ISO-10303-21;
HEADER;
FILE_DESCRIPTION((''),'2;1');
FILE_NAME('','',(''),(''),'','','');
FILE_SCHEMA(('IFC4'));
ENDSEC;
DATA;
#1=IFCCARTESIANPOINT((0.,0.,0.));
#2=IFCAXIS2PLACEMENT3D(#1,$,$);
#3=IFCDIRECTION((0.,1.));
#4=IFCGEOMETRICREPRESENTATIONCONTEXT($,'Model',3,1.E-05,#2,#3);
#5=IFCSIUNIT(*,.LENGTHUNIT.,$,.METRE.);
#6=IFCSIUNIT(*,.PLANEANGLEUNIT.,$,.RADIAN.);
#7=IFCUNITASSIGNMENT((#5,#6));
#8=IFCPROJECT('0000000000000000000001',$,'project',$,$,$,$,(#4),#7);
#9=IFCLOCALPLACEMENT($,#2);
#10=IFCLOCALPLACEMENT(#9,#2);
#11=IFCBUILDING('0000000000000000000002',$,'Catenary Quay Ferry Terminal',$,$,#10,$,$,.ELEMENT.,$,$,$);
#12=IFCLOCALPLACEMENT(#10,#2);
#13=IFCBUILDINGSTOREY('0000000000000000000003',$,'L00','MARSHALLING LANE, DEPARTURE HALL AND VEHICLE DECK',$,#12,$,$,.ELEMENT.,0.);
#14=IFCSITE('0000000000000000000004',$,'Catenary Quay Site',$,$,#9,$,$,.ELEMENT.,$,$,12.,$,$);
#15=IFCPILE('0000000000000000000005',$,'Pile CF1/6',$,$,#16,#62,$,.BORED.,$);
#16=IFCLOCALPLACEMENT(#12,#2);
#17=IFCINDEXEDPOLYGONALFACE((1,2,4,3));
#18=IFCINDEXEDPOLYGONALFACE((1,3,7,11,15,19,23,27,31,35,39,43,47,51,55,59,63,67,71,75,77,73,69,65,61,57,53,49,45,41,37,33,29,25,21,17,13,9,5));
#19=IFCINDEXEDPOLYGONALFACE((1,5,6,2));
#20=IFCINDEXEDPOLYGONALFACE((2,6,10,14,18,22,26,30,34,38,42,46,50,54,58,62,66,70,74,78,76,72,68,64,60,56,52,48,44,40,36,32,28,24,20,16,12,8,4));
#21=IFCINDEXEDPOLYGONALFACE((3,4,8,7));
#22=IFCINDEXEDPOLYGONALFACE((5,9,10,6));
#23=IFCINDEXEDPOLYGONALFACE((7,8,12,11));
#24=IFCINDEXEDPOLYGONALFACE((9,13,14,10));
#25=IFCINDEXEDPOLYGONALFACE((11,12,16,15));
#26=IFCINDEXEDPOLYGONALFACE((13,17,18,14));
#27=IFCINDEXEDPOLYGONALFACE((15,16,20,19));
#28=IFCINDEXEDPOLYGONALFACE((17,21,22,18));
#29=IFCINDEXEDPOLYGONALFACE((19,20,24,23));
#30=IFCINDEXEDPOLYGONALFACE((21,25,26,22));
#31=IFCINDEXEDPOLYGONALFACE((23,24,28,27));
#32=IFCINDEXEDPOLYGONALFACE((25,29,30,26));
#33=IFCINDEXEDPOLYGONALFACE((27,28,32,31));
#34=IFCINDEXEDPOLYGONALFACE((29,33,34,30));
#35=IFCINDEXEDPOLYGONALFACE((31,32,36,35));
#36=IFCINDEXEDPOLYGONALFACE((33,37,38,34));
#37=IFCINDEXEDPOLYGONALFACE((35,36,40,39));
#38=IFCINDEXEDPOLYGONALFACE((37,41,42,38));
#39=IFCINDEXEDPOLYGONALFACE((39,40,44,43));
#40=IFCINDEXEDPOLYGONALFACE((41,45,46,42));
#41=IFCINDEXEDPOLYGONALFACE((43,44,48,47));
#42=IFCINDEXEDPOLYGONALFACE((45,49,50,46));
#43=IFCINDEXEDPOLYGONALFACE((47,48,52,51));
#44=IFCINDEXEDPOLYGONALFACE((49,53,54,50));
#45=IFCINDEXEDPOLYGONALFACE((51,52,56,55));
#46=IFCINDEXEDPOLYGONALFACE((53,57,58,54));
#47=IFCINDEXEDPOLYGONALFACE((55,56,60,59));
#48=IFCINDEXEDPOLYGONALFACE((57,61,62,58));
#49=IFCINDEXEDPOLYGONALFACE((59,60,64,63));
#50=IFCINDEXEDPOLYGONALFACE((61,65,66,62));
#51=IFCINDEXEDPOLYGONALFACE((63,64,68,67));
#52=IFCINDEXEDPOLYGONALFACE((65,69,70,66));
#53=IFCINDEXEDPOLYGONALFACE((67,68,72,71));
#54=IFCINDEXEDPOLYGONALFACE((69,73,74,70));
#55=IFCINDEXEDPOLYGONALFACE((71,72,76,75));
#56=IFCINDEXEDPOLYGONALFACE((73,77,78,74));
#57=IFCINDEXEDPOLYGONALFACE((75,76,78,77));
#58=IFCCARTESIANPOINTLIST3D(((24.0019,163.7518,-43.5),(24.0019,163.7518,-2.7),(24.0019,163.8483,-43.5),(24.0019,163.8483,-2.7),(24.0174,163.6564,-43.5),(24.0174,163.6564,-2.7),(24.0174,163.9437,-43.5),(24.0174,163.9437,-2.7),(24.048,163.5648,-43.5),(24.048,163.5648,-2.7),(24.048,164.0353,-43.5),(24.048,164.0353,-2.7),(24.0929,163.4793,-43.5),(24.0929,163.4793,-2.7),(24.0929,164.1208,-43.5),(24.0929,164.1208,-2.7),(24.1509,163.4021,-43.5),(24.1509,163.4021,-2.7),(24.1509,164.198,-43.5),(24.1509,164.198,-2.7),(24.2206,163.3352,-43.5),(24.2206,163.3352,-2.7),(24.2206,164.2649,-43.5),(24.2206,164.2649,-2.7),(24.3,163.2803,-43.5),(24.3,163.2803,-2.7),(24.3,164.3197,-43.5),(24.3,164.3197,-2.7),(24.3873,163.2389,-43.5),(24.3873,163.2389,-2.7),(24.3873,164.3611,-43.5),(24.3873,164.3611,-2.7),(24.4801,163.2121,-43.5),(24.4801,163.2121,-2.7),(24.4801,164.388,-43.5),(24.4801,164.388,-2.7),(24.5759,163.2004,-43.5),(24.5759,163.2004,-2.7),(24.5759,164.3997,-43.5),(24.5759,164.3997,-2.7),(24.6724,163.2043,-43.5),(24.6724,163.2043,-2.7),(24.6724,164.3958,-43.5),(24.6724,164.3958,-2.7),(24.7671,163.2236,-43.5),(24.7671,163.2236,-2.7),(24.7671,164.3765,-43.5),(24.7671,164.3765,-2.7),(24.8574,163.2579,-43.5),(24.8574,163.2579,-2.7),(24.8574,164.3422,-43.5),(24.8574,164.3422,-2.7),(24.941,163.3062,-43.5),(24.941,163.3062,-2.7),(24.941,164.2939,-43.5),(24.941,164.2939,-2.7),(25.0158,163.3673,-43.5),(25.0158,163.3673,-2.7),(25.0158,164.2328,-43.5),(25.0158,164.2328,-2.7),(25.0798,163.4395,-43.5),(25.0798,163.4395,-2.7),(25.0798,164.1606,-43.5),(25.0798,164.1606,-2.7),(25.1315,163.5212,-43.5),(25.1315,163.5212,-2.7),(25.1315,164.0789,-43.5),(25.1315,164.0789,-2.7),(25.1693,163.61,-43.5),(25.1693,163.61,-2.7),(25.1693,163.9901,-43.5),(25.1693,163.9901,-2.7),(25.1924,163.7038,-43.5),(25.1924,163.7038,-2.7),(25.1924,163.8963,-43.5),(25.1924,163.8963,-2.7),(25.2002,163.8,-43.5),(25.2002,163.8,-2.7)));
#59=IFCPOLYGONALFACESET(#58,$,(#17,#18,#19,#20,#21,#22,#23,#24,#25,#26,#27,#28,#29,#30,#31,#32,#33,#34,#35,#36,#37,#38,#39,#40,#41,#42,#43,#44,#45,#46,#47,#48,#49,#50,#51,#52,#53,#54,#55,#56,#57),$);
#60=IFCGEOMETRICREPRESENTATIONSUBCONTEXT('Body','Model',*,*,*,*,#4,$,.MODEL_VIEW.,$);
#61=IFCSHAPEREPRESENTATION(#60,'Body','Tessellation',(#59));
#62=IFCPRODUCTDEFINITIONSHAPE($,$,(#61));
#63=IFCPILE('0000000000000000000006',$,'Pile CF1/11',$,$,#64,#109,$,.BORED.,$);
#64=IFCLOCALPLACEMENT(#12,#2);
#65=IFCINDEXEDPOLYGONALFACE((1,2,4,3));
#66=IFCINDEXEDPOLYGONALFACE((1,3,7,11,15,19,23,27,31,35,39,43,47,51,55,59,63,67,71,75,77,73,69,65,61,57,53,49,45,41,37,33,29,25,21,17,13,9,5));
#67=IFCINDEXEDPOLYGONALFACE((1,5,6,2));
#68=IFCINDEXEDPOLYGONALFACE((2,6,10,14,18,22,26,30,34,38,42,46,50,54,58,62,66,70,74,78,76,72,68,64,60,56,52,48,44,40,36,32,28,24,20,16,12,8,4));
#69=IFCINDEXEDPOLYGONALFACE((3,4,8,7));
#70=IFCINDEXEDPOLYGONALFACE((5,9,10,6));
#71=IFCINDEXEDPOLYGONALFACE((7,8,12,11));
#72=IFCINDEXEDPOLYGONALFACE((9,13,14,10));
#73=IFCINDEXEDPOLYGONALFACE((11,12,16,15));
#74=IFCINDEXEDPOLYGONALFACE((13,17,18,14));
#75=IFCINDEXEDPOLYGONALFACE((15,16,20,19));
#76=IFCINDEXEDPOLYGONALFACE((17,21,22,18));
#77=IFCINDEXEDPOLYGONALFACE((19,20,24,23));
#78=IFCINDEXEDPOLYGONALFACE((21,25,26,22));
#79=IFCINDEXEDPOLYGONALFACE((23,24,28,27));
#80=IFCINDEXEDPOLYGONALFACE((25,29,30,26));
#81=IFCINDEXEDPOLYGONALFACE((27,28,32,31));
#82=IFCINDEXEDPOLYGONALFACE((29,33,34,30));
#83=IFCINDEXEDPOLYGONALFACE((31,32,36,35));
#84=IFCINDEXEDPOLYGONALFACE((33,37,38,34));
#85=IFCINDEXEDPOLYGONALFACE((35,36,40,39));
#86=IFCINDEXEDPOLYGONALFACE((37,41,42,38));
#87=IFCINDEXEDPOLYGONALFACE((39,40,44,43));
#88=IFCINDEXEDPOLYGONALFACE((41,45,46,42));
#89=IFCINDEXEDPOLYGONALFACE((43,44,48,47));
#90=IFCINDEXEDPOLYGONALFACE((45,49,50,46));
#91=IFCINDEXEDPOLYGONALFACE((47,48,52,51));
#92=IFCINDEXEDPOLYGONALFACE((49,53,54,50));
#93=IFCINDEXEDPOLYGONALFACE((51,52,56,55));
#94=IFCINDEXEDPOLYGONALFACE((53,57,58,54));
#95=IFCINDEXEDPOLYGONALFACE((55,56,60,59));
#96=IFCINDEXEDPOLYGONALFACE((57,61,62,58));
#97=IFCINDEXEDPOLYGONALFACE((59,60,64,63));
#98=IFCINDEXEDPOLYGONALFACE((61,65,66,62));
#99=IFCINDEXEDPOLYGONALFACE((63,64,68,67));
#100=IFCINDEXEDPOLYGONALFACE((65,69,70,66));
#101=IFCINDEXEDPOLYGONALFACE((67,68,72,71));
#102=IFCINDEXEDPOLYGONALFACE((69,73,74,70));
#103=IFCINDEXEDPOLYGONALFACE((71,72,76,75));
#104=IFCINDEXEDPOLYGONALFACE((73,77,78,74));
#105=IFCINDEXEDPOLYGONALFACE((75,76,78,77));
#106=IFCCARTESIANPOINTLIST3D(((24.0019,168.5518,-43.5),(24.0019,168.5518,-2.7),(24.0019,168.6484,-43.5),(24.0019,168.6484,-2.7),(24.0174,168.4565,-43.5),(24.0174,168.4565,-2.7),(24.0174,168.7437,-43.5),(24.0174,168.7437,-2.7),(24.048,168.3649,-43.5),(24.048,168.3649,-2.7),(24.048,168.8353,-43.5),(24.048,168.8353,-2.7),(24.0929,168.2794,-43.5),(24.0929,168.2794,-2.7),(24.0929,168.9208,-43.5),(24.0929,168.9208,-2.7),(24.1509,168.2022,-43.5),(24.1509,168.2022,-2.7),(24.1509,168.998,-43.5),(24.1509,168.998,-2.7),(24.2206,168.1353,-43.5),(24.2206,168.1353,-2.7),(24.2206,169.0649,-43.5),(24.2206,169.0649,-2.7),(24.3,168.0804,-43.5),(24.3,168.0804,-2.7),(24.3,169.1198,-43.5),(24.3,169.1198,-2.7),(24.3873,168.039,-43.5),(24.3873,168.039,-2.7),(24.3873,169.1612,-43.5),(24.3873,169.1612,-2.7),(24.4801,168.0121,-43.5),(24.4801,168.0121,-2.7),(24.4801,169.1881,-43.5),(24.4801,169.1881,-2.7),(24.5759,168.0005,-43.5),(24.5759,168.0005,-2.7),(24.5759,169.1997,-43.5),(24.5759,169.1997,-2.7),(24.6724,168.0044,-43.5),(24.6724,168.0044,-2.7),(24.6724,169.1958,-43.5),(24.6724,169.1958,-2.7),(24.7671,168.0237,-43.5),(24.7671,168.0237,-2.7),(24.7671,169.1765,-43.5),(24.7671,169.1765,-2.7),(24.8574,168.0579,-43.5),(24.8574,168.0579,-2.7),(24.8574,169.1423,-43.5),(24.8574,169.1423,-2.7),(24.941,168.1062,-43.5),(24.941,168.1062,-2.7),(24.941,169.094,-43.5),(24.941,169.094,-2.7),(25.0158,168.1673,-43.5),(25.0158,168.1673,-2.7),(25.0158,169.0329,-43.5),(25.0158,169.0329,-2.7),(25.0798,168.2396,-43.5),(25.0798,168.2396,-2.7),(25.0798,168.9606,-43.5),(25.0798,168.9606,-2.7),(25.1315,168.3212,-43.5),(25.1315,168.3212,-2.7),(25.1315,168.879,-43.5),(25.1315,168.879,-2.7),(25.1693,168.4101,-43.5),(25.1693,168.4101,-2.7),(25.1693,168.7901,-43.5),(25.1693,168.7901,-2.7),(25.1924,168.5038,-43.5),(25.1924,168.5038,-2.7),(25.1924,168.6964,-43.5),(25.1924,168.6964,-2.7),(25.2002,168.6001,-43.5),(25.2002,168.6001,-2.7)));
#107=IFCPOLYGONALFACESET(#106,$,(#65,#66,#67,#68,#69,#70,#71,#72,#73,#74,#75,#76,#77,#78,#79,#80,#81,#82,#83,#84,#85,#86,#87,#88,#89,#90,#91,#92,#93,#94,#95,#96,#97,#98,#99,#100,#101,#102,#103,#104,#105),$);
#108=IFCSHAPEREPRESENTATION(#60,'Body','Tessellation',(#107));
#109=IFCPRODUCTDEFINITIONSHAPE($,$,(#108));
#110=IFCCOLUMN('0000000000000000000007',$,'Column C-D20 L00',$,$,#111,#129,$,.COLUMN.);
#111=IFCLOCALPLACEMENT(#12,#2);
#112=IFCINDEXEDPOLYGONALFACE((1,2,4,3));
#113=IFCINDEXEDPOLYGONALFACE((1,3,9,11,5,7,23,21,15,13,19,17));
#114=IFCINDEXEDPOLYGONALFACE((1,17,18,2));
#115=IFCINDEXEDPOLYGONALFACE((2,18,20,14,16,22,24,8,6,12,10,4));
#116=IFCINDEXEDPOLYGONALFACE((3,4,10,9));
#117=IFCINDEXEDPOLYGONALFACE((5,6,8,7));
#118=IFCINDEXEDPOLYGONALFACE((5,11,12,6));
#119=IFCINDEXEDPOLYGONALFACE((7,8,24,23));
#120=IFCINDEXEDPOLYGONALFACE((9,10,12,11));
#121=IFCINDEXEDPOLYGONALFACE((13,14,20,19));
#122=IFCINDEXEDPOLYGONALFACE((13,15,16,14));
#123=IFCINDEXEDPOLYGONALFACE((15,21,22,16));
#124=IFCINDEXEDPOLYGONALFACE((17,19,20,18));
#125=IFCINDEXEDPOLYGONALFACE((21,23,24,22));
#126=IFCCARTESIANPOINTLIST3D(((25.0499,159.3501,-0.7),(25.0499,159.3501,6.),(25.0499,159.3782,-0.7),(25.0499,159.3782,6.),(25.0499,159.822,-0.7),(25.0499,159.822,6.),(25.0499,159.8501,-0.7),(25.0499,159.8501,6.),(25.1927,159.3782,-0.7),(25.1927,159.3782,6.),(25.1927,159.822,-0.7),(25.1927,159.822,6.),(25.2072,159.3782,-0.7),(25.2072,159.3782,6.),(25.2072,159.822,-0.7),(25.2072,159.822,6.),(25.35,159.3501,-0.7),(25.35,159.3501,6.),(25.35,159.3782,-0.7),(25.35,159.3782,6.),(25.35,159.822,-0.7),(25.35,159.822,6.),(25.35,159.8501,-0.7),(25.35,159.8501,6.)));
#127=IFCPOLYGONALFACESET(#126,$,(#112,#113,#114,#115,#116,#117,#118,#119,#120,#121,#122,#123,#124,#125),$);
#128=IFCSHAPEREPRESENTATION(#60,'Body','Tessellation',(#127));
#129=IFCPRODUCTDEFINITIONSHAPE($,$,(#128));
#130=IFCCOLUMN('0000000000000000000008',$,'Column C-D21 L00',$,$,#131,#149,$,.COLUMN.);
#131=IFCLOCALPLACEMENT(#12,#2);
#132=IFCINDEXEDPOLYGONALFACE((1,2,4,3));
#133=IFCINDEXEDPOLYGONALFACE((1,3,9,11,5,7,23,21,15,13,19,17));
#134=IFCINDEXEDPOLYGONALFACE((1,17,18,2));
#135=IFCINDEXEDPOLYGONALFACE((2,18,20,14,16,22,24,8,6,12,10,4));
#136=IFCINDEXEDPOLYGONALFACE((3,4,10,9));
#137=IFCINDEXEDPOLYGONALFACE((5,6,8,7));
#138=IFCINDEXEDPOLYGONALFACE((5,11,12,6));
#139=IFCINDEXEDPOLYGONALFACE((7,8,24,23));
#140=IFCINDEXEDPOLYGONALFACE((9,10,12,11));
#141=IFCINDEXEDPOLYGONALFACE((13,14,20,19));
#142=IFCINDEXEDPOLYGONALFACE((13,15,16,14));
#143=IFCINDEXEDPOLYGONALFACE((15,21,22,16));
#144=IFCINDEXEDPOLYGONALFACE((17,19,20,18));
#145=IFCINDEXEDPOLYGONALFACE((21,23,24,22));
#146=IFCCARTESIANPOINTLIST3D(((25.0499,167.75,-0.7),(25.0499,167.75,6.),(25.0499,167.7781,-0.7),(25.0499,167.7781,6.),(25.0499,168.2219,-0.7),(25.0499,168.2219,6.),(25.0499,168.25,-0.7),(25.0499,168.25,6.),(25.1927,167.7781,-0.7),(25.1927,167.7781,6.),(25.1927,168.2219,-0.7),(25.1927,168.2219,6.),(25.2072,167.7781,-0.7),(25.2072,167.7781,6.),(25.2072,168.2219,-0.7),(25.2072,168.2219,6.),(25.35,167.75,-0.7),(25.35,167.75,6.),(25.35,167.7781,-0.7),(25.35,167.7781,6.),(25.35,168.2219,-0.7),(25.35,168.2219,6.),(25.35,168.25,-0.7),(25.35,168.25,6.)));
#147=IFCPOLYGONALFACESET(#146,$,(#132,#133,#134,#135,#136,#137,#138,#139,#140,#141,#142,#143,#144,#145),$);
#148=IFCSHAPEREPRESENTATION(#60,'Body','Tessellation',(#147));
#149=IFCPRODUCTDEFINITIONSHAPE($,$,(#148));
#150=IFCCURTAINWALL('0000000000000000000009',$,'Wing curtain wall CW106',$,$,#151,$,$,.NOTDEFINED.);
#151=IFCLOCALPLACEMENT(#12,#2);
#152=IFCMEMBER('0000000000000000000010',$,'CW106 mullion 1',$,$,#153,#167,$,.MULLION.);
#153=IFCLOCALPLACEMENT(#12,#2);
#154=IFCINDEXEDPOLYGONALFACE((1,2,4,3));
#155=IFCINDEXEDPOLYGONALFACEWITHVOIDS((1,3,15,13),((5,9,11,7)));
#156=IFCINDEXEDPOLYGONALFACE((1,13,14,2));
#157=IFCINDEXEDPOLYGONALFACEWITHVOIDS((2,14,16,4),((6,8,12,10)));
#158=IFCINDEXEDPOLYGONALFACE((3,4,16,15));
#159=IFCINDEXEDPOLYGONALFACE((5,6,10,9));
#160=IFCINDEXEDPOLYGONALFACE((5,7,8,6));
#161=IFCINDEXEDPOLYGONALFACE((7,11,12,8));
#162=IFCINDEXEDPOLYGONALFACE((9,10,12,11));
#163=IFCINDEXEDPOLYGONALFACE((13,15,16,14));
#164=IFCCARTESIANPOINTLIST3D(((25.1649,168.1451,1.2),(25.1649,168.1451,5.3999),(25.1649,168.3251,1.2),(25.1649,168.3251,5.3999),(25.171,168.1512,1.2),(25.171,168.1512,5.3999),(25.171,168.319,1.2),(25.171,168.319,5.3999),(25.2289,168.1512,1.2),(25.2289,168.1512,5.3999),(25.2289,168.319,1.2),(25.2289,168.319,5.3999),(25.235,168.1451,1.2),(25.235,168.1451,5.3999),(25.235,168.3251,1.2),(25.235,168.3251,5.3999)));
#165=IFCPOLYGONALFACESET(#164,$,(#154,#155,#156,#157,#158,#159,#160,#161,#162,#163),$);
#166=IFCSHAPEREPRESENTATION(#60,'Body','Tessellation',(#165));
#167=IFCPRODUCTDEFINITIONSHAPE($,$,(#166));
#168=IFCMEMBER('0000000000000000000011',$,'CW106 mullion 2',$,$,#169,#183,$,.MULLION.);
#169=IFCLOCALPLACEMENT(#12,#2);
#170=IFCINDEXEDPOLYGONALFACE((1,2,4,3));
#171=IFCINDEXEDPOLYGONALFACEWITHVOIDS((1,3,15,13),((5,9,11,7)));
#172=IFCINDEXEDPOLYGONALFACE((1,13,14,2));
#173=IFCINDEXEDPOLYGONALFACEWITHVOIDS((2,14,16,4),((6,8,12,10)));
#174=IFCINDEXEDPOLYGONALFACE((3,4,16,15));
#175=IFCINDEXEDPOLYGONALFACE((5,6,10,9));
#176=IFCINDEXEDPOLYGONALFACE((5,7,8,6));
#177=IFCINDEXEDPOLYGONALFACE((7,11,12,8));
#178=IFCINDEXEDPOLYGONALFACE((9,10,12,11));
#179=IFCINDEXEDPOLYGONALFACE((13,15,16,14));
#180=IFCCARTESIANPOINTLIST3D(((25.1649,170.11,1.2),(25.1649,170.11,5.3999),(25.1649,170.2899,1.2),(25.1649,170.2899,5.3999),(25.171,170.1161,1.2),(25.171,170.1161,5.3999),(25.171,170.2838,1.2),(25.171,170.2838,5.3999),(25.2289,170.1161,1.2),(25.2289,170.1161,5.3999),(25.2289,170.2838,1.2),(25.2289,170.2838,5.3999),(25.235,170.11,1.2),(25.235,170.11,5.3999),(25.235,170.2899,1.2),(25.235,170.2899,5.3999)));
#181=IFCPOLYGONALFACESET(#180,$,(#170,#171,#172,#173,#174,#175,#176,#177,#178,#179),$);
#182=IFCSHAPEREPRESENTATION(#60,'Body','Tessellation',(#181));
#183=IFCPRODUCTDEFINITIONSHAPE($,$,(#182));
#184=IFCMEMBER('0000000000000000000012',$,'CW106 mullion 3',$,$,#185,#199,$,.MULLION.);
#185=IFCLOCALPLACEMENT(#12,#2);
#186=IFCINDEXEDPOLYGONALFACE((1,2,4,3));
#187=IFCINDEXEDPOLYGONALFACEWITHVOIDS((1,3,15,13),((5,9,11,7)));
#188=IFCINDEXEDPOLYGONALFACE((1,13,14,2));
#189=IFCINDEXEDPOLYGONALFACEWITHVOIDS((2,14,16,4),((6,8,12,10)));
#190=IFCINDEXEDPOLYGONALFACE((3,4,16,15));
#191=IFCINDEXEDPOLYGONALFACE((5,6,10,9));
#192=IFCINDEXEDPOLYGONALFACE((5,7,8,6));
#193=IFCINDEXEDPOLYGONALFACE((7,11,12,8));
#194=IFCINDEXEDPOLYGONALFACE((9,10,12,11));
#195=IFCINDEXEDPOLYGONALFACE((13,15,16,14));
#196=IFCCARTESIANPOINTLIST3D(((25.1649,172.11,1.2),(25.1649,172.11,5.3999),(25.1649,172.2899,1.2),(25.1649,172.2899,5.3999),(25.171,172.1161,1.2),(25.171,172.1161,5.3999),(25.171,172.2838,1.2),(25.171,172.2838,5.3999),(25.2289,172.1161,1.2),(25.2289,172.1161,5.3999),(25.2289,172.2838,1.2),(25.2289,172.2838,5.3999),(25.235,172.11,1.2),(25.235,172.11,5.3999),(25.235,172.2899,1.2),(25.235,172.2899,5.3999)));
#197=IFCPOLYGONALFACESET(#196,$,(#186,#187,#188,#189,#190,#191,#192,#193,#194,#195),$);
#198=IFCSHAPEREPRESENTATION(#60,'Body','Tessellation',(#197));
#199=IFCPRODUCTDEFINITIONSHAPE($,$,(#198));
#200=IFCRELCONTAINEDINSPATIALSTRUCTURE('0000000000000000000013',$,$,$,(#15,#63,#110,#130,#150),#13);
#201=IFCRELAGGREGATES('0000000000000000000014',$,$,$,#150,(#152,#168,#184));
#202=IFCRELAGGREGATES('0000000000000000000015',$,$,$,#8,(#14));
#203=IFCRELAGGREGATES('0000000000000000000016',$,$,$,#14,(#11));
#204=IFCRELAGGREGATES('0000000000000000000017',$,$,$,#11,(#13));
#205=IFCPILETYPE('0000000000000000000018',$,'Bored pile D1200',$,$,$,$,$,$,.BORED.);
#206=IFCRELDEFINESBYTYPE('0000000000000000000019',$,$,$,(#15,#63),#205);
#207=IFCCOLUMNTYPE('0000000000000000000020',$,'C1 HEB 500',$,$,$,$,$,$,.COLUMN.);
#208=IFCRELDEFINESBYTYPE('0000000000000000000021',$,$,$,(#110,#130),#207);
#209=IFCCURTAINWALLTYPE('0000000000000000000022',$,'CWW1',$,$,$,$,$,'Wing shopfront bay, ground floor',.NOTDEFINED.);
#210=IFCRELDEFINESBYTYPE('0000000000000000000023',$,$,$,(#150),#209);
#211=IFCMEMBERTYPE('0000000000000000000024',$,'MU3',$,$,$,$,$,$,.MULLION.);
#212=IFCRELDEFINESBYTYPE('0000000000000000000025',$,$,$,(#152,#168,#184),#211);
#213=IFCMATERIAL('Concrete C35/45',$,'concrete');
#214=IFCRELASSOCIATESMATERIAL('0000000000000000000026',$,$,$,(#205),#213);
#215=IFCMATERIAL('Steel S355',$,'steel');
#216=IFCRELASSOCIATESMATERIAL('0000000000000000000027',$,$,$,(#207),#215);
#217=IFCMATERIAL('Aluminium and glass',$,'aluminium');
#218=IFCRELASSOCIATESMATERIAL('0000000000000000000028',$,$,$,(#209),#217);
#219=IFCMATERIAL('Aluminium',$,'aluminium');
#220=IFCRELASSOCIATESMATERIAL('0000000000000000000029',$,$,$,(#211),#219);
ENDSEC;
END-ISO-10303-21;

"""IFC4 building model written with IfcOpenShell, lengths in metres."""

from ifc_helpers import new_model, si_unit, direction, frame, origin, origin_2d, place, context, subcontext, project, spatial, hollow_rectangle, circle, i_section, extrude, material, material_profile, profile_set, type_object, element, aggregate, save


model = new_model("IFC4")

# Units and contexts
model_context = context("Model", 3, precision=1e-05, world=origin(), true_north=direction((0.0, 1.0)))
body_context = subcontext(model_context, "Body", "Model", "MODEL_VIEW")
ifc_project = project(units=[si_unit("LENGTHUNIT", "METRE"), si_unit("PLANEANGLEUNIT", "RADIAN")], contexts=[model_context])

# Site, building, storey
site_placement = place(None, origin())
site = spatial("IfcSite", under=ifc_project, at=site_placement, Name="Catenary Quay Site", CompositionType="ELEMENT", RefElevation=12.0)
building_placement = place(site_placement, origin())
building = spatial("IfcBuilding", under=site, at=building_placement, Name="Catenary Quay Ferry Terminal", CompositionType="ELEMENT")
storey_placement = place(building_placement, origin())
storey = spatial("IfcBuildingStorey", under=building, at=storey_placement, Name="L00", Description="MARSHALLING LANE, DEPARTURE HALL AND VEHICLE DECK", CompositionType="ELEMENT", Elevation=0.0)

# Piles
ifc_material_1 = material(Name="Concrete C35/45", Category="concrete")
ifc_material_profile_1 = material_profile(ifc_material_1, circle(Radius=0.6001, at=origin_2d()), Name="D1200")
ifc_profile_set_1 = profile_set([ifc_material_profile_1], Name="Concrete C35/45")
pile_type = type_object("IfcPileType", Name="Bored pile D1200", PredefinedType="BORED", material=ifc_profile_set_1)
for number, where, z_axis, x_axis, name in (
    (1, (24.6001, 163.8, -2.7), (0.0, 0.0, -1.0), (1.0, 0.0, 0.0), "Pile CF1/6"),
    (2, (24.6001, 168.6001, -2.7), (0.0, 0.0, -1.0), (1.0, 0.0, 0.0), "Pile CF1/11"),
):
    element("IfcPile", number, at=place(storey_placement, frame(where, z_axis=z_axis, x_axis=x_axis)), inside=storey, type_object=pile_type, Name=name, PredefinedType="BORED", context=body_context, shape_type="SweptSolid", body=[
        extrude(circle(Radius=0.6001, at=origin_2d()), origin(), (0.0, 0.0, 1.0), 40.8),
    ])

# Columns
ifc_material_2 = material(Name="Steel S355", Category="steel")
ifc_material_profile_2 = material_profile(ifc_material_2, i_section(OverallWidth=0.3, OverallDepth=0.5, WebThickness=0.0144, FlangeThickness=0.0281, at=origin_2d()), Name="HEB 500")
ifc_profile_set_2 = profile_set([ifc_material_profile_2], Name="Steel S355")
column_type = type_object("IfcColumnType", Name="C1 HEB 500", PredefinedType="COLUMN", material=ifc_profile_set_2)
for number, where, z_axis, x_axis, name in (
    (3, (25.2, 159.6001, -0.7), (0.0, 0.0, 1.0), (1.0, 0.0, 0.0), "Column C-D20 L00"),
    (4, (25.2, 168.0, -0.7), (0.0, 0.0, 1.0), (1.0, 0.0, 0.0), "Column C-D21 L00"),
):
    element("IfcColumn", number, at=place(storey_placement, frame(where, z_axis=z_axis, x_axis=x_axis)), inside=storey, type_object=column_type, Name=name, PredefinedType="COLUMN", context=body_context, shape_type="SweptSolid", body=[
        extrude(i_section(OverallWidth=0.3, OverallDepth=0.5, WebThickness=0.0144, FlangeThickness=0.0281, at=origin_2d()), origin(), (0.0, 0.0, 1.0), 6.7),
    ])

# Curtain wall, members
ifc_material_3 = material(Name="Aluminium and glass", Category="aluminium")
curtain_wall_type = type_object("IfcCurtainWallType", Name="CWW1", ElementType="Wing shopfront bay, ground floor", PredefinedType="NOTDEFINED", material=ifc_material_3)
curtain_wall_placement = place(storey_placement, origin())
curtain_wall = element("IfcCurtainWall", 5, at=curtain_wall_placement, inside=storey, type_object=curtain_wall_type, Name="Wing curtain wall CW106", PredefinedType="NOTDEFINED")
ifc_material_4 = material(Name="Aluminium", Category="aluminium")
ifc_material_profile_3 = material_profile(ifc_material_4, hollow_rectangle(XDim=0.0701, YDim=0.1799, WallThickness=0.0061, at=origin_2d()), Name="MU3")
ifc_profile_set_3 = profile_set([ifc_material_profile_3], Name="Aluminium")
member_type_1 = type_object("IfcMemberType", Name="MU3", PredefinedType="MULLION", material=ifc_profile_set_3)
member_1_placement = place(storey_placement, frame((25.2, 168.2351, 1.2), z_axis=(0.0, 0.0, 1.0), x_axis=(-1.0, 0.0, 0.0)))
member_1 = element("IfcMember", 6, at=member_1_placement, type_object=member_type_1, Name="CW106 mullion 1", PredefinedType="MULLION", context=body_context, shape_type="SweptSolid", body=[
    extrude(hollow_rectangle(XDim=0.0701, YDim=0.1799, WallThickness=0.0061, at=origin_2d()), origin(), (0.0, 0.0, 1.0), 4.2),
])
member_2_placement = place(storey_placement, frame((25.2, 170.2, 1.2), z_axis=(0.0, 0.0, 1.0), x_axis=(-1.0, 0.0, 0.0)))
member_2 = element("IfcMember", 7, at=member_2_placement, type_object=member_type_1, Name="CW106 mullion 2", PredefinedType="MULLION", context=body_context, shape_type="SweptSolid", body=[
    extrude(hollow_rectangle(XDim=0.0701, YDim=0.1799, WallThickness=0.0061, at=origin_2d()), origin(), (0.0, 0.0, 1.0), 4.2),
])
member_3_placement = place(storey_placement, frame((25.2, 172.2, 1.2), z_axis=(0.0, 0.0, 1.0), x_axis=(-1.0, 0.0, 0.0)))
member_3 = element("IfcMember", 8, at=member_3_placement, type_object=member_type_1, Name="CW106 mullion 3", PredefinedType="MULLION", context=body_context, shape_type="SweptSolid", body=[
    extrude(hollow_rectangle(XDim=0.0701, YDim=0.1799, WallThickness=0.0061, at=origin_2d()), origin(), (0.0, 0.0, 1.0), 4.2),
])
aggregate(curtain_wall, [member_1, member_2, member_3])

save(model, "model.ifc")
